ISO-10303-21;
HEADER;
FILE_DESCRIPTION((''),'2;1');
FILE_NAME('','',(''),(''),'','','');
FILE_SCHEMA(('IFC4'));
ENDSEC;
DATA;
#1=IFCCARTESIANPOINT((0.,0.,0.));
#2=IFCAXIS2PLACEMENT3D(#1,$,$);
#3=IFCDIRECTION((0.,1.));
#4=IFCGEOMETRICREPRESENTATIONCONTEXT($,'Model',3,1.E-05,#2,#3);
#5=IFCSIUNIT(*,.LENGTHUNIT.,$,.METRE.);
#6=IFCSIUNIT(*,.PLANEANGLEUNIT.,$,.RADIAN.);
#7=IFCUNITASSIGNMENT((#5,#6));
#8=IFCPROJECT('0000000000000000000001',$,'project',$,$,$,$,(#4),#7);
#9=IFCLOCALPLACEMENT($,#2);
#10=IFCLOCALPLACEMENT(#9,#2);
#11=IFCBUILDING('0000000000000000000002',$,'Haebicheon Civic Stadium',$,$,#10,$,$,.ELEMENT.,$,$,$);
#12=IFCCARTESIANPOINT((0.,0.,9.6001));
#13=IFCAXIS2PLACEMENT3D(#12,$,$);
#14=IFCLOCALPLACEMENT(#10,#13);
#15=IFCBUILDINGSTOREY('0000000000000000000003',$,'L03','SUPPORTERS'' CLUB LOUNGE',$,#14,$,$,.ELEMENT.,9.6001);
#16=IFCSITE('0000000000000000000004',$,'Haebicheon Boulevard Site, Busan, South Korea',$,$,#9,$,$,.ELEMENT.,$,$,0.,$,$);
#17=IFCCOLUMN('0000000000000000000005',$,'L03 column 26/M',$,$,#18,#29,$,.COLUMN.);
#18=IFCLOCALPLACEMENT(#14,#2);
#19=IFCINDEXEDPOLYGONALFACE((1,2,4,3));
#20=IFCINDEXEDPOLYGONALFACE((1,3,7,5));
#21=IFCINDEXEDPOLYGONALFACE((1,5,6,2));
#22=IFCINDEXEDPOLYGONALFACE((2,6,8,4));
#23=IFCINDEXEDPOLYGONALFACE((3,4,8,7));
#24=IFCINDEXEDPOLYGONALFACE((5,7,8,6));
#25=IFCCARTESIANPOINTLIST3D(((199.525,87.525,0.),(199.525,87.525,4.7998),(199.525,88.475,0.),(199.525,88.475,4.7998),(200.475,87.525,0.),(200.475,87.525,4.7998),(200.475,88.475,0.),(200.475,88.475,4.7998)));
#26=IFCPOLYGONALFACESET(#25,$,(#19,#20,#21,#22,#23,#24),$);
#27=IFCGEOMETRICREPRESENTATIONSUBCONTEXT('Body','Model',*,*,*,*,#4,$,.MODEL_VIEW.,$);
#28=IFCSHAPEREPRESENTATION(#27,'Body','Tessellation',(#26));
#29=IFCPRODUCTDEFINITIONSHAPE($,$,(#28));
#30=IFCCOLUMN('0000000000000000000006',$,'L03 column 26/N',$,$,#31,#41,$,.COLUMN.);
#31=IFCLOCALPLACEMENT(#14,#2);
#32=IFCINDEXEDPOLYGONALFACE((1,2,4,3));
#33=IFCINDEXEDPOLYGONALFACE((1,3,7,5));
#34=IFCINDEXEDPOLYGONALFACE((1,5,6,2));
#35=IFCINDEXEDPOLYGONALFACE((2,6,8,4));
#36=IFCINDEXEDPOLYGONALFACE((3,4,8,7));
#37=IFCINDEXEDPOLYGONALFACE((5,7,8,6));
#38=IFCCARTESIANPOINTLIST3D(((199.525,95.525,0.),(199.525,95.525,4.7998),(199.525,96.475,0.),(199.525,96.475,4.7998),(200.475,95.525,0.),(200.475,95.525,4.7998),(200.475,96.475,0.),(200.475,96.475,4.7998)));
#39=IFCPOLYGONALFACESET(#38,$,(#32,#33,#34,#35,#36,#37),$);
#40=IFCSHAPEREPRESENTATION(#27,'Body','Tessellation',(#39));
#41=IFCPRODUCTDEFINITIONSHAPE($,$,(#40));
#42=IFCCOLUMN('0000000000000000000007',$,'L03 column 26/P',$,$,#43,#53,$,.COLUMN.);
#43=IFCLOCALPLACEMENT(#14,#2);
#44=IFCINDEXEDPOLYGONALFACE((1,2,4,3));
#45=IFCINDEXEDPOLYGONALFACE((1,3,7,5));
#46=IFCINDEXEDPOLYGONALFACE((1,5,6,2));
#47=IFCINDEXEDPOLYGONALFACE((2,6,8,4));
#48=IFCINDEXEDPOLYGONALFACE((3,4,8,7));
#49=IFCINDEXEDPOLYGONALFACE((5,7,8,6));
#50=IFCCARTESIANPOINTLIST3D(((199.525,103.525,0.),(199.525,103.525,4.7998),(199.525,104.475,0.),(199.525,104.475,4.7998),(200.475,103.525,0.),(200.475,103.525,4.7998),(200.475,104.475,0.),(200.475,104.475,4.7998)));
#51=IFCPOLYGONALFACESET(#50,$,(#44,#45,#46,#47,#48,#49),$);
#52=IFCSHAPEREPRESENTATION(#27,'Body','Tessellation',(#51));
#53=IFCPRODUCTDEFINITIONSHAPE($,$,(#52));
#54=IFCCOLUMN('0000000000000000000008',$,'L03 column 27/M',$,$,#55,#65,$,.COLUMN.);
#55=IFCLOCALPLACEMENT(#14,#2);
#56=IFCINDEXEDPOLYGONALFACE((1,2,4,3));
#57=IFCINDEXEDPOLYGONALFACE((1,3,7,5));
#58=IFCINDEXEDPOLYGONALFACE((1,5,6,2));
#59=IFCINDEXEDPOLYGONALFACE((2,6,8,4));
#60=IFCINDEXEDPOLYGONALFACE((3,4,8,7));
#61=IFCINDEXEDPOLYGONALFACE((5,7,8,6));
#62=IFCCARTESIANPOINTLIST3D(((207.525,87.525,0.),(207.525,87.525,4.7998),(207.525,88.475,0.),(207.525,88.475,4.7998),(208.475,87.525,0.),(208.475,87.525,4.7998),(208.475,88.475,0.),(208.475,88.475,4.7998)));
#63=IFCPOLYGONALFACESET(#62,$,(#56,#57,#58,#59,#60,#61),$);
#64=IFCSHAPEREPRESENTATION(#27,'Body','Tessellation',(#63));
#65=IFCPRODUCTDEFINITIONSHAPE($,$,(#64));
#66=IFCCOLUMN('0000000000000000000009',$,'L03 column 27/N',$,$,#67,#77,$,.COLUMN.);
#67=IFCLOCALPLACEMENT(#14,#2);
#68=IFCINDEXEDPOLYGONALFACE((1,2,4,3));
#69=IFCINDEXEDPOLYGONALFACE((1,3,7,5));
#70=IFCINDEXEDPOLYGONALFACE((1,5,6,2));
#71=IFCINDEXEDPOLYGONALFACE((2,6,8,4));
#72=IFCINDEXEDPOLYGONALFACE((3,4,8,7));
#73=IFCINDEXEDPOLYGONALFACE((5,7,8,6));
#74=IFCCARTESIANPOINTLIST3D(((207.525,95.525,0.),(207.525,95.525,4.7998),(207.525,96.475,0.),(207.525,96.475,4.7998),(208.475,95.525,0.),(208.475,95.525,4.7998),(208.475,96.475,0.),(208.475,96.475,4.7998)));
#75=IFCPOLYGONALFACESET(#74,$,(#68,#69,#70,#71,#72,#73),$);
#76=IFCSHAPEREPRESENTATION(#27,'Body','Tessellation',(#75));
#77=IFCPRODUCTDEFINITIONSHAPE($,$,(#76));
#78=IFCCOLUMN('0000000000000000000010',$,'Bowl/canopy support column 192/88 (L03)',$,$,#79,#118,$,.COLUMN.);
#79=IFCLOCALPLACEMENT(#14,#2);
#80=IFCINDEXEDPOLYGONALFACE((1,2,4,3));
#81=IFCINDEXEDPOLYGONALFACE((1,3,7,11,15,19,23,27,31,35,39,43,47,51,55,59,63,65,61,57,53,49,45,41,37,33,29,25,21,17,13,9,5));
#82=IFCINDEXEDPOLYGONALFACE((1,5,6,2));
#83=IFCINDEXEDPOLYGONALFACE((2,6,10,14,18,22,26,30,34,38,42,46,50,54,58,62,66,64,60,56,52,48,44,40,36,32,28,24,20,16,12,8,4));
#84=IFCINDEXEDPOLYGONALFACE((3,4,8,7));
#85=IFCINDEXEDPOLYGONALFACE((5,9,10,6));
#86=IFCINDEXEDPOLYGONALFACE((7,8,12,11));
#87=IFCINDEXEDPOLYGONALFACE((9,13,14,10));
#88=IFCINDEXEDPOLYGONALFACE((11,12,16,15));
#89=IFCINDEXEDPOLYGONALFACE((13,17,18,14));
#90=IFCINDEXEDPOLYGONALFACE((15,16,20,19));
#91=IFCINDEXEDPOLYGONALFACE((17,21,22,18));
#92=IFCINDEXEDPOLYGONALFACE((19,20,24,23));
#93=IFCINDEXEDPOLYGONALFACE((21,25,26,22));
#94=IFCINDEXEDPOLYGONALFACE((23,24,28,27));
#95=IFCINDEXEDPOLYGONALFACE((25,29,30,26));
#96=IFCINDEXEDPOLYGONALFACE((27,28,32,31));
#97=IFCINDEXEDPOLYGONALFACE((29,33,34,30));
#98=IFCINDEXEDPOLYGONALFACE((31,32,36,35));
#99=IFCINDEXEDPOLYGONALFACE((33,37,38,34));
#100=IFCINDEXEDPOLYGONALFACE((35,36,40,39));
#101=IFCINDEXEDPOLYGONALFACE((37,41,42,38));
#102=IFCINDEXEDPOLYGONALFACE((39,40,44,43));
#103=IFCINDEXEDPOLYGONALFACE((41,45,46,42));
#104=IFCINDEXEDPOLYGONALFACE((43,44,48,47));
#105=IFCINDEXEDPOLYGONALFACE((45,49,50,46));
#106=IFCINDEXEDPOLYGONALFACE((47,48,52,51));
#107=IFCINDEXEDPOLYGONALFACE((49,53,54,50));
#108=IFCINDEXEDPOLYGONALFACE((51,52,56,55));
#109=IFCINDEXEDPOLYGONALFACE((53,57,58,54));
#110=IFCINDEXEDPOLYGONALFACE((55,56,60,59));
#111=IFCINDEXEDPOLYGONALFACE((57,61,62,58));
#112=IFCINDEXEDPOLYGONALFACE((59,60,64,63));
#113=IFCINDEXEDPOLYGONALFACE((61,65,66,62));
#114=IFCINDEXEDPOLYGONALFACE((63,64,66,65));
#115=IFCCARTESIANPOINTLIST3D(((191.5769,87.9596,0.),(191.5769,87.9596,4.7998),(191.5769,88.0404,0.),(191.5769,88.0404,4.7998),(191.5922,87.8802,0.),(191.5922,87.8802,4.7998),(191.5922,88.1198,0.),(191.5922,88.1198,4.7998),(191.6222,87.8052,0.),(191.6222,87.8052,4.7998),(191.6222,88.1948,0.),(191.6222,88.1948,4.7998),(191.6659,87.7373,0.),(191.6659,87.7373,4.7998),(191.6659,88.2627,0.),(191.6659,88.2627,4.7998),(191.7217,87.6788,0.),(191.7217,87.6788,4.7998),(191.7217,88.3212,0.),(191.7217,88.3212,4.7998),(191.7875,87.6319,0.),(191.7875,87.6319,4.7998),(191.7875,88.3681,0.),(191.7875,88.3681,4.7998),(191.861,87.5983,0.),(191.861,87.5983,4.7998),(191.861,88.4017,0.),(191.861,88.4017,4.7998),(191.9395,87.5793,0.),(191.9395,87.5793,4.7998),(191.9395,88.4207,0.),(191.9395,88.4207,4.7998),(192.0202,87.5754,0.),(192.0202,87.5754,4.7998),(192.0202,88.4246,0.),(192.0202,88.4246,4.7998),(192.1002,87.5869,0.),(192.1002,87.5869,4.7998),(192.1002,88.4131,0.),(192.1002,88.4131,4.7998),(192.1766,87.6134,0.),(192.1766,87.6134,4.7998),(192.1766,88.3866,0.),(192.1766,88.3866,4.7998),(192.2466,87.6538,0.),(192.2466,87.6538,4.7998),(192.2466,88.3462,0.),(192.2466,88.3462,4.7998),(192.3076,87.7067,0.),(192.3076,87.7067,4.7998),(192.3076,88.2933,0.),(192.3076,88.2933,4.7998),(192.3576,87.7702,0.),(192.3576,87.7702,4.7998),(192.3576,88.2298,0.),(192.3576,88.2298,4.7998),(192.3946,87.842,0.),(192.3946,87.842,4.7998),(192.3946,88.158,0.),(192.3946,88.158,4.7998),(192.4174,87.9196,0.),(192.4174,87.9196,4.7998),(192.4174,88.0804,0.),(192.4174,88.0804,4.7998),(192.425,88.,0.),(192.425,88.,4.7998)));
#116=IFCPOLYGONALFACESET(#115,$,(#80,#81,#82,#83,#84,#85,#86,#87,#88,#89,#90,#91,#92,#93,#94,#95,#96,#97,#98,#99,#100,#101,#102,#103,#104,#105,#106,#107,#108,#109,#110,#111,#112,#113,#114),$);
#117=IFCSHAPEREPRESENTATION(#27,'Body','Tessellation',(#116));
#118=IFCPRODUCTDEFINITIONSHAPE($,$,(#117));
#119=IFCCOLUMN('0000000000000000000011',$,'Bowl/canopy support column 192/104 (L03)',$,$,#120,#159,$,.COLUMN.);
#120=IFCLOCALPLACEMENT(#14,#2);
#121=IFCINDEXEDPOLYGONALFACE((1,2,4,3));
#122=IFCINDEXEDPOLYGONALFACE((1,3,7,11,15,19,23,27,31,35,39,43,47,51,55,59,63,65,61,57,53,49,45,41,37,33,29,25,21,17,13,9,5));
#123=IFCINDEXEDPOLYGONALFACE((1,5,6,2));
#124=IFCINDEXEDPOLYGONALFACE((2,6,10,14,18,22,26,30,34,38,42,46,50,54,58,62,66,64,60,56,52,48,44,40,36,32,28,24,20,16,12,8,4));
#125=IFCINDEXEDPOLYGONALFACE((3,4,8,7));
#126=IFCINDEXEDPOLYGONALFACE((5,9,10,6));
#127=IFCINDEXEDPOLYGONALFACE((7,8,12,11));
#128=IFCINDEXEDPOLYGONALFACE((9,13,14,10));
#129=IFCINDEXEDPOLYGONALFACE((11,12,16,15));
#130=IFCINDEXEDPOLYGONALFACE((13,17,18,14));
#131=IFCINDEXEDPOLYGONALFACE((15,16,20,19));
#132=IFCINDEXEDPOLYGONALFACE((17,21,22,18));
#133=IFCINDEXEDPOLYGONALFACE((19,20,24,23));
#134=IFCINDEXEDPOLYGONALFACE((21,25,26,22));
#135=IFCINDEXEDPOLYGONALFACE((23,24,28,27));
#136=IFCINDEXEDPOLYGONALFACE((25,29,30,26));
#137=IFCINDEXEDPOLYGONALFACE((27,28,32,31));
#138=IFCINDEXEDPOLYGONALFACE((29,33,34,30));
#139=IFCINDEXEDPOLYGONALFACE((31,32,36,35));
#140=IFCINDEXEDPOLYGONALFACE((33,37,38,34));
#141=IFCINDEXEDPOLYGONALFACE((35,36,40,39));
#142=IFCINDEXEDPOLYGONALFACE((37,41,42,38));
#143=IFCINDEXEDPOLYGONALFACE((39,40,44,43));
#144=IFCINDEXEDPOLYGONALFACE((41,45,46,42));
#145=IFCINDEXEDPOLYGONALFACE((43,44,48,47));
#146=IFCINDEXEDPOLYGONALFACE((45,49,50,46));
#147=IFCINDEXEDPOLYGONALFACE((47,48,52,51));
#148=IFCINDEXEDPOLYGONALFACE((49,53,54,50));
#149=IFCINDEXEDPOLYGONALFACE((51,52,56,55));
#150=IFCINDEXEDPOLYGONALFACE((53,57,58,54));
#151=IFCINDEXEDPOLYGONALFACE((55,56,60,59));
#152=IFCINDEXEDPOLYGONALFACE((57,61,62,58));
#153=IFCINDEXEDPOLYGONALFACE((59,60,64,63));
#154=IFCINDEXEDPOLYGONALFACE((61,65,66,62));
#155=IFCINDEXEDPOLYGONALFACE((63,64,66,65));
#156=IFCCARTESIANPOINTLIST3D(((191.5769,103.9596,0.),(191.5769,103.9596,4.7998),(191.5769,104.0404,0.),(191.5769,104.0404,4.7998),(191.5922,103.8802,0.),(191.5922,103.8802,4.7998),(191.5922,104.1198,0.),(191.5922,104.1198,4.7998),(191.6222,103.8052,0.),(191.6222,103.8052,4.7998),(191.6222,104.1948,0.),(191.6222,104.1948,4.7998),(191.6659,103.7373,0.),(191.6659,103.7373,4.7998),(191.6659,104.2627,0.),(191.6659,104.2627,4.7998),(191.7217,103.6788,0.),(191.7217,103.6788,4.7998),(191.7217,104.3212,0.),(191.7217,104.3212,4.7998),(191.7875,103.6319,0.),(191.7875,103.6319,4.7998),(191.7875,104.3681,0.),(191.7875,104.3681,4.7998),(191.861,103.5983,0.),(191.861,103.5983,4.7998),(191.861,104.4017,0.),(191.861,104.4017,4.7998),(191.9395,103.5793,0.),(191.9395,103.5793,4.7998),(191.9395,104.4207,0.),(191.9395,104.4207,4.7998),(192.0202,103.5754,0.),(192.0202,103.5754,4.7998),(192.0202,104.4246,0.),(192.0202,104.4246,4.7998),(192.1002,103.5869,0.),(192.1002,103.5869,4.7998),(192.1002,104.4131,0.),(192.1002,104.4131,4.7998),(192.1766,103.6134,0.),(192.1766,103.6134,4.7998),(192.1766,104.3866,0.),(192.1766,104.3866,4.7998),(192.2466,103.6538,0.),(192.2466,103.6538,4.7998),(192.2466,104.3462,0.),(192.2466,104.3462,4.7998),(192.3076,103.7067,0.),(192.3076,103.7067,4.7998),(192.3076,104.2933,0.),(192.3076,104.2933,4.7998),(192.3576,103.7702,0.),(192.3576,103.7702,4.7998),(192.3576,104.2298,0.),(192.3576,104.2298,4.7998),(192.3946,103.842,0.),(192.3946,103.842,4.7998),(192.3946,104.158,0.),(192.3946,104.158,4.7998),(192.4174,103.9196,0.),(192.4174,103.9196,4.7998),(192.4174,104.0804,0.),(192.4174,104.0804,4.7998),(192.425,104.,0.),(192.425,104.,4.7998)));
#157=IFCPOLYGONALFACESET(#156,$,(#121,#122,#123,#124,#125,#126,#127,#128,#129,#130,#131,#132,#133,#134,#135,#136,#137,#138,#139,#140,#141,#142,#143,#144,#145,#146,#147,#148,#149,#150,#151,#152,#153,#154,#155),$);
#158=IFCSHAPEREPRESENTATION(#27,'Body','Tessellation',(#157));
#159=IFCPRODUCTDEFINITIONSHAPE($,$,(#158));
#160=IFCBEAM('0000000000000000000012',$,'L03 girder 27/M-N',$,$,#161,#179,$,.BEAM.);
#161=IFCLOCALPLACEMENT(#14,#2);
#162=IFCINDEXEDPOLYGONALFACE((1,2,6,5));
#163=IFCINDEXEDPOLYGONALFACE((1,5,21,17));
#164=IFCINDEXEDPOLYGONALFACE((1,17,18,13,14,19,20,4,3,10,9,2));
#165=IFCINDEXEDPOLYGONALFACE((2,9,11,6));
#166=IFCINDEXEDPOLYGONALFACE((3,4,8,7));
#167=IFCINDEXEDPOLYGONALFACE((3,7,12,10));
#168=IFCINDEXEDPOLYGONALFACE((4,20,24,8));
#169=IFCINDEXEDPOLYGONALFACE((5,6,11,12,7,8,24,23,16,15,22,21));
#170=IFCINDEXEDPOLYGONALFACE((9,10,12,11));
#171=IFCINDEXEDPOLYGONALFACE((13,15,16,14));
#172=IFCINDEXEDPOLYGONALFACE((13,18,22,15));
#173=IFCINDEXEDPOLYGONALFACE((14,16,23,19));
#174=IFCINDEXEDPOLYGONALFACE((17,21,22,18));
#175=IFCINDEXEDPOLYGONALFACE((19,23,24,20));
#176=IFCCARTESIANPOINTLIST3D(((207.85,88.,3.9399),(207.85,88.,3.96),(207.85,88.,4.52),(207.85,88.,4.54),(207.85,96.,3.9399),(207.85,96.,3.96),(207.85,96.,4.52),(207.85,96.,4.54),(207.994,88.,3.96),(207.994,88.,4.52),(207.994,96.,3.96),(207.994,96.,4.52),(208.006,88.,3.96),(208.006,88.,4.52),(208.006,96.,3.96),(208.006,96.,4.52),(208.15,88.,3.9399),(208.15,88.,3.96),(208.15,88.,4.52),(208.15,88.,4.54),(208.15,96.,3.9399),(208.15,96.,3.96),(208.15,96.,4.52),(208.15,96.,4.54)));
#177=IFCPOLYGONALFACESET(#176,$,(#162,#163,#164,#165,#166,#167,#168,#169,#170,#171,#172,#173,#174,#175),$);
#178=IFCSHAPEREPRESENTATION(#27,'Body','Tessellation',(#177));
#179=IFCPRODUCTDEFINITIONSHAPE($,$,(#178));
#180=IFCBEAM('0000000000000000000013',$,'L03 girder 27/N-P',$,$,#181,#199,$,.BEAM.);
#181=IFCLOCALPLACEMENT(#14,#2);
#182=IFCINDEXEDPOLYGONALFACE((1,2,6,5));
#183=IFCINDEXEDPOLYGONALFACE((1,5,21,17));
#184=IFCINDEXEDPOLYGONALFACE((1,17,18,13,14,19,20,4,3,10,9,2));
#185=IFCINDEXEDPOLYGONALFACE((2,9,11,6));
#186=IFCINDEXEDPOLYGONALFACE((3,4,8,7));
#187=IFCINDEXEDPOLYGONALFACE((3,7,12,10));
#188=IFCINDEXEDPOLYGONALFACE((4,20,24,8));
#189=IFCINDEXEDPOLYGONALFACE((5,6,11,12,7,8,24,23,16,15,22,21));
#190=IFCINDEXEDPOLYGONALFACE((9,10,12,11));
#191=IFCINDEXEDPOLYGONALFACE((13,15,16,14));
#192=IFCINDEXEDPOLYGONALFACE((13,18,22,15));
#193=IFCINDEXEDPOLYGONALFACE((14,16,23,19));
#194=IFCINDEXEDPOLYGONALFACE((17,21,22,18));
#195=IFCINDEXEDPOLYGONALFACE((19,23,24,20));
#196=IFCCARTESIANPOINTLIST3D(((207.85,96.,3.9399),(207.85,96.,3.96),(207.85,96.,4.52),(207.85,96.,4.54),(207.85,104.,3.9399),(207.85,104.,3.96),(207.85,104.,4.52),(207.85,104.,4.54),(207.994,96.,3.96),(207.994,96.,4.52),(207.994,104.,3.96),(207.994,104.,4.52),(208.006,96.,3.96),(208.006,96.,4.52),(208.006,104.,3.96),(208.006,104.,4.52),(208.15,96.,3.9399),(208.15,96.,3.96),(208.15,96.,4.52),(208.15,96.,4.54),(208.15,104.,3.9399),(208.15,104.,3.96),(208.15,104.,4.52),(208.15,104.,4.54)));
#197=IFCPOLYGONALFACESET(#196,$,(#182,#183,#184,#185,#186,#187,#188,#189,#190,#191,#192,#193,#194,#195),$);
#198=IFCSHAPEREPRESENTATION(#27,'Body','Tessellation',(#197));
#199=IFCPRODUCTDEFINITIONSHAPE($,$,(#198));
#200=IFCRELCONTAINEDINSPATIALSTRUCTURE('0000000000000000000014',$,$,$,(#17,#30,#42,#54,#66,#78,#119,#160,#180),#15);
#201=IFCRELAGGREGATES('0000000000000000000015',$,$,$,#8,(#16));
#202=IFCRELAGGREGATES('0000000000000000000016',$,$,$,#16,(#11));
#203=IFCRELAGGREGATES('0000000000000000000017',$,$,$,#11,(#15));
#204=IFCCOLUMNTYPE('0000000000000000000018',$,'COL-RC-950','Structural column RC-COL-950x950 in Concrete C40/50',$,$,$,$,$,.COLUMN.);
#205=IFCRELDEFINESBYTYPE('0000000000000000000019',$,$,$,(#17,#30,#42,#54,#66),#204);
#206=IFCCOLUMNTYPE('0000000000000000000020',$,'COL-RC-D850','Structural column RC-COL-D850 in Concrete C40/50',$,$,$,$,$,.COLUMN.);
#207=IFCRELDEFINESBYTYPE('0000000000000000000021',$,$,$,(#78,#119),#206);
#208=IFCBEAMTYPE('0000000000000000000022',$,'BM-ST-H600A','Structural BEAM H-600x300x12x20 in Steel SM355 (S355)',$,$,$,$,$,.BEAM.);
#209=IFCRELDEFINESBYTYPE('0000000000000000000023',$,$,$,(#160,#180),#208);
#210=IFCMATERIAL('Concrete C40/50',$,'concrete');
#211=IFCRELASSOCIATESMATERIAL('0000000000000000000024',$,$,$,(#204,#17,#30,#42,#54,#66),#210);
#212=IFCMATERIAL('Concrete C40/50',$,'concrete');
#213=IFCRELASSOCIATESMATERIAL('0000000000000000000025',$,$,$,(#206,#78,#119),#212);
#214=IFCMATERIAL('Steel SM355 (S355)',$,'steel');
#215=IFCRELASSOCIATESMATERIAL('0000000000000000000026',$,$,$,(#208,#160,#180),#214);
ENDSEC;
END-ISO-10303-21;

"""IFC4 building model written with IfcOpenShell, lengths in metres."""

from ifc_helpers import new_model, si_unit, direction, frame, origin, origin_2d, place, context, subcontext, project, spatial, rectangle, circle, i_section, extrude, material, material_profile, profile_set, type_object, element, save


model = new_model("IFC4")

# Units and contexts
model_context = context("Model", 3, precision=1e-05, world=origin(), true_north=direction((0.0, 1.0)))
body_context = subcontext(model_context, "Body", "Model", "MODEL_VIEW")
ifc_project = project(units=[si_unit("LENGTHUNIT", "METRE"), si_unit("PLANEANGLEUNIT", "RADIAN")], contexts=[model_context])

# Site, building, storey
site_placement = place(None, origin())
site = spatial("IfcSite", under=ifc_project, at=site_placement, Name="Haebicheon Boulevard Site, Busan, South Korea", CompositionType="ELEMENT", RefElevation=0.0)
building_placement = place(site_placement, origin())
building = spatial("IfcBuilding", under=site, at=building_placement, Name="Haebicheon Civic Stadium", CompositionType="ELEMENT")
storey_placement = place(building_placement, frame((0.0, 0.0, 9.6001)))
storey = spatial("IfcBuildingStorey", under=building, at=storey_placement, Name="L03", Description="SUPPORTERS' CLUB LOUNGE", CompositionType="ELEMENT", Elevation=9.6001)

# Columns
ifc_material_1 = material(Name="Concrete C40/50", Category="concrete")
ifc_material_profile_1 = material_profile(ifc_material_1, rectangle(XDim=0.95, YDim=0.95, at=origin_2d()), Name="RC-COL-950x950")
ifc_profile_set_1 = profile_set([ifc_material_profile_1], Name="Concrete C40/50")
column_type_1 = type_object("IfcColumnType", Name="COL-RC-950", Description="Structural column RC-COL-950x950 in Concrete C40/50", PredefinedType="COLUMN", material=ifc_profile_set_1)
for number, where, z_axis, x_axis, name in (
    (1, (200.0, 88.0, 0.0), (0.0, 0.0, 1.0), (1.0, 0.0, 0.0), "L03 column 26/M"),
    (2, (200.0, 96.0, 0.0), (0.0, 0.0, 1.0), (1.0, 0.0, 0.0), "L03 column 26/N"),
    (3, (200.0, 104.0, 0.0), (0.0, 0.0, 1.0), (1.0, 0.0, 0.0), "L03 column 26/P"),
    (4, (208.0, 88.0, 0.0), (0.0, 0.0, 1.0), (1.0, 0.0, 0.0), "L03 column 27/M"),
    (5, (208.0, 96.0, 0.0), (0.0, 0.0, 1.0), (1.0, 0.0, 0.0), "L03 column 27/N"),
):
    element("IfcColumn", number, at=place(storey_placement, frame(where, z_axis=z_axis, x_axis=x_axis)), inside=storey, type_object=column_type_1, material=ifc_profile_set_1, Name=name, PredefinedType="COLUMN", context=body_context, shape_type="SweptSolid", body=[
        extrude(rectangle(XDim=0.95, YDim=0.95, at=origin_2d()), origin(), (0.0, 0.0, 1.0), 4.7998),
    ])
ifc_material_2 = material(Name="Concrete C40/50", Category="concrete")
ifc_material_profile_2 = material_profile(ifc_material_2, circle(Radius=0.425, at=origin_2d()), Name="RC-COL-D850")
ifc_profile_set_2 = profile_set([ifc_material_profile_2], Name="Concrete C40/50")
column_type_2 = type_object("IfcColumnType", Name="COL-RC-D850", Description="Structural column RC-COL-D850 in Concrete C40/50", PredefinedType="COLUMN", material=ifc_profile_set_2)
for number, where, z_axis, x_axis, name in (
    (6, (192.0, 88.0, 0.0), (0.0, 0.0, 1.0), (1.0, 0.0, 0.0), "Bowl/canopy support column 192/88 (L03)"),
    (7, (192.0, 104.0, 0.0), (0.0, 0.0, 1.0), (1.0, 0.0, 0.0), "Bowl/canopy support column 192/104 (L03)"),
):
    element("IfcColumn", number, at=place(storey_placement, frame(where, z_axis=z_axis, x_axis=x_axis)), inside=storey, type_object=column_type_2, material=ifc_profile_set_2, Name=name, PredefinedType="COLUMN", context=body_context, shape_type="SweptSolid", body=[
        extrude(circle(Radius=0.425, at=origin_2d()), origin(), (0.0, 0.0, 1.0), 4.7998),
    ])

# Beams
ifc_material_3 = material(Name="Steel SM355 (S355)", Category="steel")
ifc_material_profile_3 = material_profile(ifc_material_3, i_section(OverallWidth=0.3, OverallDepth=0.6001, WebThickness=0.012, FlangeThickness=0.02, at=origin_2d()), Name="H-600x300x12x20")
ifc_profile_set_3 = profile_set([ifc_material_profile_3], Name="Steel SM355 (S355)")
beam_type_1 = type_object("IfcBeamType", Name="BM-ST-H600A", Description="Structural BEAM H-600x300x12x20 in Steel SM355 (S355)", PredefinedType="BEAM", material=ifc_profile_set_3)
for number, where, z_axis, x_axis, name in (
    (8, (208.0, 88.0, 4.24), (0.0, 1.0, 0.0), (-1.0, 0.0, 0.0), "L03 girder 27/M-N"),
    (9, (208.0, 96.0, 4.24), (0.0, 1.0, 0.0), (-1.0, 0.0, 0.0), "L03 girder 27/N-P"),
):
    element("IfcBeam", number, at=place(storey_placement, frame(where, z_axis=z_axis, x_axis=x_axis)), inside=storey, type_object=beam_type_1, material=ifc_profile_set_3, Name=name, PredefinedType="BEAM", context=body_context, shape_type="SweptSolid", body=[
        extrude(i_section(OverallWidth=0.3, OverallDepth=0.6001, WebThickness=0.012, FlangeThickness=0.02, at=origin_2d()), origin(), (0.0, 0.0, 1.0), 8.0),
    ])

save(model, "model.ifc")
